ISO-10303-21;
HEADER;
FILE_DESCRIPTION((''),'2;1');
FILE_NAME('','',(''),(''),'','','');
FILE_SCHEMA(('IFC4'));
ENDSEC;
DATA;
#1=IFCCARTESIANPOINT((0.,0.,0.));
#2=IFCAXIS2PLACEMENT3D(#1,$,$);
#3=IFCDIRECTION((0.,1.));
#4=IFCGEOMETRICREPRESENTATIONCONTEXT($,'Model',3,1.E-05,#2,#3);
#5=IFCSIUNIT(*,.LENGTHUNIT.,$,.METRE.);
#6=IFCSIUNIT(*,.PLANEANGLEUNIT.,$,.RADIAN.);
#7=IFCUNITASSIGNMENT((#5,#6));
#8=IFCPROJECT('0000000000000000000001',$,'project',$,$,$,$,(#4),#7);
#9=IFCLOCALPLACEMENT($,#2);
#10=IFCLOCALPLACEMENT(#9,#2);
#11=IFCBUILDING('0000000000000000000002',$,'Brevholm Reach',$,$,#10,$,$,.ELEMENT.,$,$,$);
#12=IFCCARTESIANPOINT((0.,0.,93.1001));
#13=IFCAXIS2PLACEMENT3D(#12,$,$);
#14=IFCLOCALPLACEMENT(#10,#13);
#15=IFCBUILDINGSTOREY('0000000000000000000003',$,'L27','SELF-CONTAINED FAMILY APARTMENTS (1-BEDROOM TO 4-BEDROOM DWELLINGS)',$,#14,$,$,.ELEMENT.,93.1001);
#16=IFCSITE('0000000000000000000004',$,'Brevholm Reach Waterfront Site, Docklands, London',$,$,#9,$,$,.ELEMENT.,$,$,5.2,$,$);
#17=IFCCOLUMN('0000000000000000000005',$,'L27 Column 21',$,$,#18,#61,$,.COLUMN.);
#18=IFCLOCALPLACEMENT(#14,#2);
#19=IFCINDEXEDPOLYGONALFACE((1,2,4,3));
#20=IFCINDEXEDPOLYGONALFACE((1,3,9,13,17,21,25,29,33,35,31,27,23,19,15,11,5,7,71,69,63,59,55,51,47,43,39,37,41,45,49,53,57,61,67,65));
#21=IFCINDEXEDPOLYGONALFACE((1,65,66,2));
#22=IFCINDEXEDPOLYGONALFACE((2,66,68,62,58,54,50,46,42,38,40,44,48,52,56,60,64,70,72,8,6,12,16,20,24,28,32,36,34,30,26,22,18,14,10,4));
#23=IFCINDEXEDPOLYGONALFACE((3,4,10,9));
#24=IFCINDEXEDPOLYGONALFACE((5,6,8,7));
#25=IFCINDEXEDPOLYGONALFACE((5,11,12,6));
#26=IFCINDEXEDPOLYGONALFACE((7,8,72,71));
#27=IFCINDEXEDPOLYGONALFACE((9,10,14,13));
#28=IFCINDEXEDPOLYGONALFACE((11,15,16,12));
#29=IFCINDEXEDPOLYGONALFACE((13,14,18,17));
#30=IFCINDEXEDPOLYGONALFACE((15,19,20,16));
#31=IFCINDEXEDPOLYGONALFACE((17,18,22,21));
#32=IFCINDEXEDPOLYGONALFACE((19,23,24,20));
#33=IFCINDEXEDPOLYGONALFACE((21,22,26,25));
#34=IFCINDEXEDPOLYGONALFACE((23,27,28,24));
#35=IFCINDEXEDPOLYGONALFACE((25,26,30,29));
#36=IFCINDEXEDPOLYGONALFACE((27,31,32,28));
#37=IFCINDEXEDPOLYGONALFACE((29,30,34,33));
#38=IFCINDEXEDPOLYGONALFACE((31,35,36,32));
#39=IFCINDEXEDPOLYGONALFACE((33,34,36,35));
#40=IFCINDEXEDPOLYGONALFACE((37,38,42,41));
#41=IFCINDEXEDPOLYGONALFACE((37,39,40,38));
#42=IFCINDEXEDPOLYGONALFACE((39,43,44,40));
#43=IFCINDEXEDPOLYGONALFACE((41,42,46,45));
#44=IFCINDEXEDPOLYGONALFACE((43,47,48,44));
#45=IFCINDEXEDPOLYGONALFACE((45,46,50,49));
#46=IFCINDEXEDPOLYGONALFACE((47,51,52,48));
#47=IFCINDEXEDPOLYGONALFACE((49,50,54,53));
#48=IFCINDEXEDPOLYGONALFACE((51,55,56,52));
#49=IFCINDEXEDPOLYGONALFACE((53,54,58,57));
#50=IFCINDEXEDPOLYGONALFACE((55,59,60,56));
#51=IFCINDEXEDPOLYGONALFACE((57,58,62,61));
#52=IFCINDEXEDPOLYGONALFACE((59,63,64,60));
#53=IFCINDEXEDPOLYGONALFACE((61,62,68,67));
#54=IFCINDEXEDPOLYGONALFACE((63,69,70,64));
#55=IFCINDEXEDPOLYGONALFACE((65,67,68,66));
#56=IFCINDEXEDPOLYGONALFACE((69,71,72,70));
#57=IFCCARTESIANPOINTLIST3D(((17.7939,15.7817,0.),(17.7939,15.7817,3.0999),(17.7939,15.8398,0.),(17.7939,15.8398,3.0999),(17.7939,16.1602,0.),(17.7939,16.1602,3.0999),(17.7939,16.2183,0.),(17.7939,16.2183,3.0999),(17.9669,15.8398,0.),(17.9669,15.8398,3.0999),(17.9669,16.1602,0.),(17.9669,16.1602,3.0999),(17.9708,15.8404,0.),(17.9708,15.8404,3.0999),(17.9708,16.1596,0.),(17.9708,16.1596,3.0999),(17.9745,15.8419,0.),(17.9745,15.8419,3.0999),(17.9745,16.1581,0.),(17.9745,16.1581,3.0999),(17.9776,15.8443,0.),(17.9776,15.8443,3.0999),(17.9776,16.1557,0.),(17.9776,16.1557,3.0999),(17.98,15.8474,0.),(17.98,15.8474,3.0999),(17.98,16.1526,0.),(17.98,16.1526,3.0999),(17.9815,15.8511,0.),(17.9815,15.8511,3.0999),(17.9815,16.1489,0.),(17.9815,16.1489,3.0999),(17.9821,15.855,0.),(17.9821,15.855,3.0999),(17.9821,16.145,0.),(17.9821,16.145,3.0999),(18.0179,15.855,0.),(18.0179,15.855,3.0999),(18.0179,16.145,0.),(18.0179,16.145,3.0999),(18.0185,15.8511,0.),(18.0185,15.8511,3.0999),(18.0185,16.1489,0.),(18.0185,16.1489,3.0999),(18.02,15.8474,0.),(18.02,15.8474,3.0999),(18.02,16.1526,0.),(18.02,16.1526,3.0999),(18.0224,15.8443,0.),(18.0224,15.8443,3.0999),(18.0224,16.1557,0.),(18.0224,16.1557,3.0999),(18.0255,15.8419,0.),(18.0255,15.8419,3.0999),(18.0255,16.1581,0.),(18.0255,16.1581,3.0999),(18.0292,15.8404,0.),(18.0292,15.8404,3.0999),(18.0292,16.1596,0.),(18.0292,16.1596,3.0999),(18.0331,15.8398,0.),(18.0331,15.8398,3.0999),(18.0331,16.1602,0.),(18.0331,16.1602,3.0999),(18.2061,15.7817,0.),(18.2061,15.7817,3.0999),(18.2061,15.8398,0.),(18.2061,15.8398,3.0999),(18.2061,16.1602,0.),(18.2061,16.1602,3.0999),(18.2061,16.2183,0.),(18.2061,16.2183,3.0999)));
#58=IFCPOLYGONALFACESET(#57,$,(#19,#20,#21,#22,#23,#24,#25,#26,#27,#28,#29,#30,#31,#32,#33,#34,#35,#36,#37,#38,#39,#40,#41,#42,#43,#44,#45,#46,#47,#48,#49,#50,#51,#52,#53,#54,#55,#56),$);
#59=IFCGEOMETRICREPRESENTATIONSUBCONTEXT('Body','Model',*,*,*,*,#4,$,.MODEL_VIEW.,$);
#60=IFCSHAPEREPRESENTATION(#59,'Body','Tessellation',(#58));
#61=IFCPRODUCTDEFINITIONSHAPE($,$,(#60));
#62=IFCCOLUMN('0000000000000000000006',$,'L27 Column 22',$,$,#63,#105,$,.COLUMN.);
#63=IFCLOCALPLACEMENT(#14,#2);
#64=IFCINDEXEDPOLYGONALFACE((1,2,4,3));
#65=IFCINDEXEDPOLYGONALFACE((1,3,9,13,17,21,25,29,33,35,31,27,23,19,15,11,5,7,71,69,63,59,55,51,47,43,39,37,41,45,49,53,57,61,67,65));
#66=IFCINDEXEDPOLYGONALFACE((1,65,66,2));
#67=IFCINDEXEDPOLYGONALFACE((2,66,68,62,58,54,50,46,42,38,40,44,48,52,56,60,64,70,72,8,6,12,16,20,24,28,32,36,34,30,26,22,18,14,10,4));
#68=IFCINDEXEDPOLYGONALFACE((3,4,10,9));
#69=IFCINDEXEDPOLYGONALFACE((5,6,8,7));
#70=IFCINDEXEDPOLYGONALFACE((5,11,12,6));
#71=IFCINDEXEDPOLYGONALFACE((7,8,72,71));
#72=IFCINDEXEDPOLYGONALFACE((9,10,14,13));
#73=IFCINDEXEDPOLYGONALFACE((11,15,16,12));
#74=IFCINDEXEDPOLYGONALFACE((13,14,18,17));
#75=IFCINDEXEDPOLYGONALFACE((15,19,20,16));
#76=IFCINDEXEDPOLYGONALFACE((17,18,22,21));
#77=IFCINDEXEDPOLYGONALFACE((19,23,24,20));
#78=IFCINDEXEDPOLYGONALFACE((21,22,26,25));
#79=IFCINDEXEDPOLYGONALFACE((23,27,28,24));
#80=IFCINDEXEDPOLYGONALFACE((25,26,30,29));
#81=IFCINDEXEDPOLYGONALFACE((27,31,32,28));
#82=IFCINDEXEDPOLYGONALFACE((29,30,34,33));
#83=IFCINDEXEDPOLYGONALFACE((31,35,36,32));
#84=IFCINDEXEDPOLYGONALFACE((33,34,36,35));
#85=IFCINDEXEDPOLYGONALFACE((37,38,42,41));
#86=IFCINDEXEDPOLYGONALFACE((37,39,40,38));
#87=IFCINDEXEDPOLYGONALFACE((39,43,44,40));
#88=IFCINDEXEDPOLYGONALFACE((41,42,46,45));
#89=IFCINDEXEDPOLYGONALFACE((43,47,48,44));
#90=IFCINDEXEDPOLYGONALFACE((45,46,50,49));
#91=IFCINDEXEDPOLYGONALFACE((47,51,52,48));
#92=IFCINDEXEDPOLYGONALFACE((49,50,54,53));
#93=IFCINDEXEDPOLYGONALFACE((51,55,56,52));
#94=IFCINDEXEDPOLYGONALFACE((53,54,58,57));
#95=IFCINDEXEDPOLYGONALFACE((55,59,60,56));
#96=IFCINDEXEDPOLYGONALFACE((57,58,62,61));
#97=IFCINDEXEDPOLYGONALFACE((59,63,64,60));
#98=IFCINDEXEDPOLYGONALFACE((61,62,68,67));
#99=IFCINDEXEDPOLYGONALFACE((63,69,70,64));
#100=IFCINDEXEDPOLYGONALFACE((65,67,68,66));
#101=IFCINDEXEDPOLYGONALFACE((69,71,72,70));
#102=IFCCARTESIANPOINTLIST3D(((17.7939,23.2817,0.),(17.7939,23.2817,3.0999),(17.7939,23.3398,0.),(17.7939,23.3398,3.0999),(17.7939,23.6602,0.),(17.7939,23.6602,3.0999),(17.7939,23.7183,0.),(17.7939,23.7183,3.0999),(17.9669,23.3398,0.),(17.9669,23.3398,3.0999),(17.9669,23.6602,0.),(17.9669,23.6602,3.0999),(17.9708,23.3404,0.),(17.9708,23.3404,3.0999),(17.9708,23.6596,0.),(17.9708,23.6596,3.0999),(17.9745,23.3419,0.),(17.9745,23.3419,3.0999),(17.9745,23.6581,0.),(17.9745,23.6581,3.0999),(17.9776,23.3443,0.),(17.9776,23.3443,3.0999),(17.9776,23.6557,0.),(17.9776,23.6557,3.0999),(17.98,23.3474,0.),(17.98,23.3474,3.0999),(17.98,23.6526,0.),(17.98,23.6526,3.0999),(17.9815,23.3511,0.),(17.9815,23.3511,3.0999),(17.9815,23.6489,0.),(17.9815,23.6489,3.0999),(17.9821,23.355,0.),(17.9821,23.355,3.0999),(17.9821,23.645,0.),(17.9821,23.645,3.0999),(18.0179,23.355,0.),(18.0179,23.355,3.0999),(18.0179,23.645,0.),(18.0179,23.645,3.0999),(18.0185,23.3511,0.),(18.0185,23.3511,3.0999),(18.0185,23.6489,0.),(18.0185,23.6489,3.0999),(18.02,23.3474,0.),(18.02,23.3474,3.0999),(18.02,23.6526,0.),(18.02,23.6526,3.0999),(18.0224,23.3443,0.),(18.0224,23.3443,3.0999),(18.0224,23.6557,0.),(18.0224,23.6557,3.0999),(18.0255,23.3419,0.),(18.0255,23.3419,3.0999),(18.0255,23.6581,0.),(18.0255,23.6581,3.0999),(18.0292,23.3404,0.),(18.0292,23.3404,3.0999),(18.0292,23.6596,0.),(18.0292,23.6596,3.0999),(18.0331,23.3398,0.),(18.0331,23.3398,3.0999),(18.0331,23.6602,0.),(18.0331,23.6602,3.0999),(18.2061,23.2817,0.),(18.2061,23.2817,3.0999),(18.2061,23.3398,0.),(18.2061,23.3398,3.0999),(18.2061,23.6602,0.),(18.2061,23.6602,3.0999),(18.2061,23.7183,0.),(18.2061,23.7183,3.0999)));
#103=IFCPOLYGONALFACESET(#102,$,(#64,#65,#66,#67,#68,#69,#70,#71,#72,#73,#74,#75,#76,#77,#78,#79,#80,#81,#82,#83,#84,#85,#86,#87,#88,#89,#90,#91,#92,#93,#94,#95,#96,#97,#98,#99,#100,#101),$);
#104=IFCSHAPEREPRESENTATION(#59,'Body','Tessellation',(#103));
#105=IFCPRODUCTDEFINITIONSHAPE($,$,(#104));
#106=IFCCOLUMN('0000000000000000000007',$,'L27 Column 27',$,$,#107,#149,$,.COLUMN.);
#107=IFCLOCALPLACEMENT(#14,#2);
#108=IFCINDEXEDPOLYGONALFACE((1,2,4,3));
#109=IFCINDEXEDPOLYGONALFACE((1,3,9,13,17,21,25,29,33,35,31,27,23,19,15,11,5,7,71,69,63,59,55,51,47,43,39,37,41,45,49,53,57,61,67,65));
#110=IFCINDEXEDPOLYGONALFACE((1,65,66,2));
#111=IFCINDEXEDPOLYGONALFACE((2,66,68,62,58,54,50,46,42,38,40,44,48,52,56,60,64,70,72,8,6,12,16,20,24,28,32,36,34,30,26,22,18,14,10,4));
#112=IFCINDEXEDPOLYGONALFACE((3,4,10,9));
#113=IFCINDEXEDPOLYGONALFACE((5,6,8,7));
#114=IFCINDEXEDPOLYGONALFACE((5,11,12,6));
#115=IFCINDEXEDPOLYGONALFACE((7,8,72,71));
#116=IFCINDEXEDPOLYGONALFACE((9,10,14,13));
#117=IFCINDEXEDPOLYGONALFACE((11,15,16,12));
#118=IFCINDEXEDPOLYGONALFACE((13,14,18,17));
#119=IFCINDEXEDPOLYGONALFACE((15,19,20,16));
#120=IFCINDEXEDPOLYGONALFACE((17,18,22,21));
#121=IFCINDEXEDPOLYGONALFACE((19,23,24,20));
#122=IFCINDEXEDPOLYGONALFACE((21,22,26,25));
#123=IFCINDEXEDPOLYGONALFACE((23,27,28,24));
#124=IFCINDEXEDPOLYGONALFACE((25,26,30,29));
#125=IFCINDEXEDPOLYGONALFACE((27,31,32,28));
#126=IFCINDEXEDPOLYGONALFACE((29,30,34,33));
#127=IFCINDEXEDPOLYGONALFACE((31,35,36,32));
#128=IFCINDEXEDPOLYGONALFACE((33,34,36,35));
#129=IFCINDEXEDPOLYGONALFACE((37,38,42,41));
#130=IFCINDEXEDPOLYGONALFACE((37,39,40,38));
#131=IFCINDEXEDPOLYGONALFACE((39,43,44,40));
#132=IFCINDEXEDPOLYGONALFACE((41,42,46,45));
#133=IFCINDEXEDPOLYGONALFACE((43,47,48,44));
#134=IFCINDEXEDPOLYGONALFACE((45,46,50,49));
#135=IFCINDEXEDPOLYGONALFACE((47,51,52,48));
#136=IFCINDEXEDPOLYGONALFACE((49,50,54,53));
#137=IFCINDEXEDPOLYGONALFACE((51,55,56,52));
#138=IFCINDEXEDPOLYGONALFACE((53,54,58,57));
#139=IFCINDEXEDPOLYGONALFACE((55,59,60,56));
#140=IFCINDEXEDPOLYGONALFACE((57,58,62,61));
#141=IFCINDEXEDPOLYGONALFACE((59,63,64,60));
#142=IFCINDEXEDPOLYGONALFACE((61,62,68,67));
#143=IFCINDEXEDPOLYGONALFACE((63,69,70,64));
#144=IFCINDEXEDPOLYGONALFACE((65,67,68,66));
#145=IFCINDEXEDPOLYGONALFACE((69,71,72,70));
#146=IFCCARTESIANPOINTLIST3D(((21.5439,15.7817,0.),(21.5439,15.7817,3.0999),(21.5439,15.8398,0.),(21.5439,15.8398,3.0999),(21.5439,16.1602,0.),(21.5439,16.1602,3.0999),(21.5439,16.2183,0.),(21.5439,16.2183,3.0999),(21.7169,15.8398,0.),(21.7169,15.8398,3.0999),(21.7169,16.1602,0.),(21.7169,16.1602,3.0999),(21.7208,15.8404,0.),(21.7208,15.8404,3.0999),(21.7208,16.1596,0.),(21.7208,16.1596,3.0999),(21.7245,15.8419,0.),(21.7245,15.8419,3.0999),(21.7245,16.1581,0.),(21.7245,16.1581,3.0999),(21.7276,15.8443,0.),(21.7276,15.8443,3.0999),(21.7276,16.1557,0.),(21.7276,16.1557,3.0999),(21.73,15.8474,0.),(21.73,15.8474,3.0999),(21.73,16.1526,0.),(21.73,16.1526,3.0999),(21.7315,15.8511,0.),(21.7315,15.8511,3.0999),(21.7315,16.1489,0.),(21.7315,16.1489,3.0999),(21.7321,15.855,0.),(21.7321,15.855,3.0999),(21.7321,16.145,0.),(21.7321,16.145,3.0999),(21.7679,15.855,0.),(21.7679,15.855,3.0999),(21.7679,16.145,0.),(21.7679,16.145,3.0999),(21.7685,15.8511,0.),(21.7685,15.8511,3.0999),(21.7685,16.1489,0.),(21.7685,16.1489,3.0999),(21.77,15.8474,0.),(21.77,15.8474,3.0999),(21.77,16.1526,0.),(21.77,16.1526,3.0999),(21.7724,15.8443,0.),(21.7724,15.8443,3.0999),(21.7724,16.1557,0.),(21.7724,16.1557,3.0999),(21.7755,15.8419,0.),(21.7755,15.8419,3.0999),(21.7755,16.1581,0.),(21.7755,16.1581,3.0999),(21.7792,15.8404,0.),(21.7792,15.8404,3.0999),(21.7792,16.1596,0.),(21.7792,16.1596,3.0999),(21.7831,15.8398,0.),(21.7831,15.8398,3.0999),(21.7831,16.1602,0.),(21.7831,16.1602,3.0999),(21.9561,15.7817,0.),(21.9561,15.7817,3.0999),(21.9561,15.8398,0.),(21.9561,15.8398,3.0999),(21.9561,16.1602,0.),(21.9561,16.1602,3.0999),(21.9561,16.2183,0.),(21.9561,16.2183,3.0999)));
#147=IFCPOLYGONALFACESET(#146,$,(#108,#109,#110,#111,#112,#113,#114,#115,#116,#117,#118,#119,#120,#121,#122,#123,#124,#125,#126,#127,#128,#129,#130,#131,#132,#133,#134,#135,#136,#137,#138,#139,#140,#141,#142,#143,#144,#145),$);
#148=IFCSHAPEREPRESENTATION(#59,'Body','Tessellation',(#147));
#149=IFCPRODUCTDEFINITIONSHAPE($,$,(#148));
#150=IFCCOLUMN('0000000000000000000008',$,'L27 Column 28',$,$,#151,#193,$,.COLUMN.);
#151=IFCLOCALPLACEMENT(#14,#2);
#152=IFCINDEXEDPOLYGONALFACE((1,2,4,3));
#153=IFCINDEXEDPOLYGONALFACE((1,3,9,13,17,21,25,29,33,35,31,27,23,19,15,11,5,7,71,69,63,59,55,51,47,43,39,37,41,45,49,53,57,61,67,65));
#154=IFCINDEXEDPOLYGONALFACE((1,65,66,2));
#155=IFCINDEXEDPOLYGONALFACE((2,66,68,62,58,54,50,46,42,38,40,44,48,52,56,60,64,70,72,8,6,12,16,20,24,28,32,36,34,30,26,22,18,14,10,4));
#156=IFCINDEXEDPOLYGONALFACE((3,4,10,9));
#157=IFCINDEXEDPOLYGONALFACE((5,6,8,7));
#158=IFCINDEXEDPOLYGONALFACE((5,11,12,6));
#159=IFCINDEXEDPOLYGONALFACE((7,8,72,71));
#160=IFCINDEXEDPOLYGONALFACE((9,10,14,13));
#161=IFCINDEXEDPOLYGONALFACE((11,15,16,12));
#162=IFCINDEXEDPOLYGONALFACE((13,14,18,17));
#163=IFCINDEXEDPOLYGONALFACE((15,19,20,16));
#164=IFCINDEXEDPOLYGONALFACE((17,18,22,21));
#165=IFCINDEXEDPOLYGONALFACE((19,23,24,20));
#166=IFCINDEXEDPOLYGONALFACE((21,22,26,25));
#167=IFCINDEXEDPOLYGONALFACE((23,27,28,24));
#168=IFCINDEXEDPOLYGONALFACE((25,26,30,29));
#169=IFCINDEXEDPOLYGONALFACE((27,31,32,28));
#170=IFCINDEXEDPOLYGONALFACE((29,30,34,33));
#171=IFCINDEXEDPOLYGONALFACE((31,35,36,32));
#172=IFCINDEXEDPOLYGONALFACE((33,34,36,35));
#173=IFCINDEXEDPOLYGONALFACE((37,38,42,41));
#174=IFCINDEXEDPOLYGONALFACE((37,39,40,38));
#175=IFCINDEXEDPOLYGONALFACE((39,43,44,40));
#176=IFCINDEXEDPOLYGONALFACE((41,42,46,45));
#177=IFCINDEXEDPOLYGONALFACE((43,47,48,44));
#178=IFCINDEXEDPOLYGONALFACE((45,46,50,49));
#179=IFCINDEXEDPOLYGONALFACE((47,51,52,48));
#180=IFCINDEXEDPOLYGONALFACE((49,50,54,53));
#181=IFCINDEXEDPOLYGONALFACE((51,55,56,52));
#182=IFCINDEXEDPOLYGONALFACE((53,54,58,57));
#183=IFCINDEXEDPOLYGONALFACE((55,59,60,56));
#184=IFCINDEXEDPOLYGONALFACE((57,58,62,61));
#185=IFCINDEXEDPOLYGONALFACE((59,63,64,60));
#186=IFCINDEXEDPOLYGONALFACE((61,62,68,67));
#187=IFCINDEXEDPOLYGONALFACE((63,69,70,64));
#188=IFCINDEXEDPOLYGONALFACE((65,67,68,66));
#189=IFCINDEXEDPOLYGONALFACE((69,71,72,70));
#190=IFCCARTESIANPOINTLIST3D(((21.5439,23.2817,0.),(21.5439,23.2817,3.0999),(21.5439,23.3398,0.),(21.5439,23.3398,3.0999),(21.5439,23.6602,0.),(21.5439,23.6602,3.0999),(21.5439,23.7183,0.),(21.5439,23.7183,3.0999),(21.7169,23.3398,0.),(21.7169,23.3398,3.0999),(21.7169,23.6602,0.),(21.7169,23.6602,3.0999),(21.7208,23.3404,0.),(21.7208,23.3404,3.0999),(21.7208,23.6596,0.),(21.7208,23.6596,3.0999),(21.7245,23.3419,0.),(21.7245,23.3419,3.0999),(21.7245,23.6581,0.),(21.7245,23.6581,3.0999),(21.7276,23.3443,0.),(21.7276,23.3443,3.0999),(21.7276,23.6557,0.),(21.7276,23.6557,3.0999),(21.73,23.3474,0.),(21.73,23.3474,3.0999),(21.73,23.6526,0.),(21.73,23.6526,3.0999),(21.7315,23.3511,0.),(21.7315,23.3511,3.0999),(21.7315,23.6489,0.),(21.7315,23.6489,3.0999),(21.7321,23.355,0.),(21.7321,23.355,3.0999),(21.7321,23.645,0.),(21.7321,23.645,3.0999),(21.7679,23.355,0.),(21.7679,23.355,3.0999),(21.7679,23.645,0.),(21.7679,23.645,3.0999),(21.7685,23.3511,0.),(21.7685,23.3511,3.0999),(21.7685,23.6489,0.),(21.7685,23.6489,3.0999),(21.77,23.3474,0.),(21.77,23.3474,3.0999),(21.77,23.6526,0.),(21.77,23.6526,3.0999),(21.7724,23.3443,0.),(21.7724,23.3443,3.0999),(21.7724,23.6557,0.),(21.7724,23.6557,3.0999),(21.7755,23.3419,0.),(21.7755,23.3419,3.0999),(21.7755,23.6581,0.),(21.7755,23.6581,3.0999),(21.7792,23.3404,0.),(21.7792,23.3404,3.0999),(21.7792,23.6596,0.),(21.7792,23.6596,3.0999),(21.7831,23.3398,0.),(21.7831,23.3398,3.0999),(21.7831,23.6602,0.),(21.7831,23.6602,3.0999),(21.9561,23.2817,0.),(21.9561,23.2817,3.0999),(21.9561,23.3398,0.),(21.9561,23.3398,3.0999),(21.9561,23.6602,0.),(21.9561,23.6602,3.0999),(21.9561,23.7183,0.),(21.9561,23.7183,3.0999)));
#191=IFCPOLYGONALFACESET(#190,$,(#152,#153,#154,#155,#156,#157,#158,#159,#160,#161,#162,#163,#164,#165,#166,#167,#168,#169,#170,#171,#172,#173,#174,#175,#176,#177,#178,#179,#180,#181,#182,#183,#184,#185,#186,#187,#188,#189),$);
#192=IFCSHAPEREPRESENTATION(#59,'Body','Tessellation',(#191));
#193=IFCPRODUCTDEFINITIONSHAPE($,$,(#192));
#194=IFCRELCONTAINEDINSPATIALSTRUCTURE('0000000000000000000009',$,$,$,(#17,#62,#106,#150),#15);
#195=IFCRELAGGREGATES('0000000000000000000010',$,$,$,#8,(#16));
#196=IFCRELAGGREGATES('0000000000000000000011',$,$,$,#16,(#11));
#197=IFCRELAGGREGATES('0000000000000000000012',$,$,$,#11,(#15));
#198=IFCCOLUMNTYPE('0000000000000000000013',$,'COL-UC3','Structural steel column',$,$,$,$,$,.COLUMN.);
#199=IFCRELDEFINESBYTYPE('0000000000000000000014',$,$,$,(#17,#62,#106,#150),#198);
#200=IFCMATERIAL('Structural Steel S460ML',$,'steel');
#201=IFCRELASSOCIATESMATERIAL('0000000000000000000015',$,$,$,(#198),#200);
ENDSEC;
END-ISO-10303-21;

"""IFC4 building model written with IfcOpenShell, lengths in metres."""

from ifc_helpers import new_model, si_unit, direction, frame, origin, origin_2d, place, context, subcontext, project, spatial, i_section, extrude, material, material_profile, profile_set, type_object, element, save


model = new_model("IFC4")

# Units and contexts
model_context = context("Model", 3, precision=1e-05, world=origin(), true_north=direction((0.0, 1.0)))
body_context = subcontext(model_context, "Body", "Model", "MODEL_VIEW")
ifc_project = project(units=[si_unit("LENGTHUNIT", "METRE"), si_unit("PLANEANGLEUNIT", "RADIAN")], contexts=[model_context])

# Site, building, storey
site_placement = place(None, origin())
site = spatial("IfcSite", under=ifc_project, at=site_placement, Name="Brevholm Reach Waterfront Site, Docklands, London", CompositionType="ELEMENT", RefElevation=5.2)
building_placement = place(site_placement, origin())
building = spatial("IfcBuilding", under=site, at=building_placement, Name="Brevholm Reach", CompositionType="ELEMENT")
storey_placement = place(building_placement, frame((0.0, 0.0, 93.1001)))
storey = spatial("IfcBuildingStorey", under=building, at=storey_placement, Name="L27", Description="SELF-CONTAINED FAMILY APARTMENTS (1-BEDROOM TO 4-BEDROOM DWELLINGS)", CompositionType="ELEMENT", Elevation=93.1001)

# Columns
ifc_material_1 = material(Name="Structural Steel S460ML", Category="steel")
ifc_material_profile_1 = material_profile(ifc_material_1, i_section(OverallWidth=0.4121, OverallDepth=0.4365, WebThickness=0.0359, FlangeThickness=0.0581, FilletRadius=0.0151, at=origin_2d()), Name="UKC 356x406x467")
ifc_profile_set_1 = profile_set([ifc_material_profile_1], Name="Structural Steel S460ML")
column_type = type_object("IfcColumnType", Name="COL-UC3", Description="Structural steel column", PredefinedType="COLUMN", material=ifc_profile_set_1)
for number, where, z_axis, x_axis, name in (
    (1, (18.0, 16.0, 0.0), (0.0, 0.0, 1.0), (1.0, 0.0, 0.0), "L27 Column 21"),
    (2, (18.0, 23.5, 0.0), (0.0, 0.0, 1.0), (1.0, 0.0, 0.0), "L27 Column 22"),
    (3, (21.75, 16.0, 0.0), (0.0, 0.0, 1.0), (1.0, 0.0, 0.0), "L27 Column 27"),
    (4, (21.75, 23.5, 0.0), (0.0, 0.0, 1.0), (1.0, 0.0, 0.0), "L27 Column 28"),
):
    element("IfcColumn", number, at=place(storey_placement, frame(where, z_axis=z_axis, x_axis=x_axis)), inside=storey, type_object=column_type, Name=name, PredefinedType="COLUMN", context=body_context, shape_type="SweptSolid", body=[
        extrude(i_section(OverallWidth=0.4121, OverallDepth=0.4365, WebThickness=0.0359, FlangeThickness=0.0581, FilletRadius=0.0151, at=origin_2d()), origin(), (0.0, 0.0, 1.0), 3.0999),
    ])

save(model, "model.ifc")
